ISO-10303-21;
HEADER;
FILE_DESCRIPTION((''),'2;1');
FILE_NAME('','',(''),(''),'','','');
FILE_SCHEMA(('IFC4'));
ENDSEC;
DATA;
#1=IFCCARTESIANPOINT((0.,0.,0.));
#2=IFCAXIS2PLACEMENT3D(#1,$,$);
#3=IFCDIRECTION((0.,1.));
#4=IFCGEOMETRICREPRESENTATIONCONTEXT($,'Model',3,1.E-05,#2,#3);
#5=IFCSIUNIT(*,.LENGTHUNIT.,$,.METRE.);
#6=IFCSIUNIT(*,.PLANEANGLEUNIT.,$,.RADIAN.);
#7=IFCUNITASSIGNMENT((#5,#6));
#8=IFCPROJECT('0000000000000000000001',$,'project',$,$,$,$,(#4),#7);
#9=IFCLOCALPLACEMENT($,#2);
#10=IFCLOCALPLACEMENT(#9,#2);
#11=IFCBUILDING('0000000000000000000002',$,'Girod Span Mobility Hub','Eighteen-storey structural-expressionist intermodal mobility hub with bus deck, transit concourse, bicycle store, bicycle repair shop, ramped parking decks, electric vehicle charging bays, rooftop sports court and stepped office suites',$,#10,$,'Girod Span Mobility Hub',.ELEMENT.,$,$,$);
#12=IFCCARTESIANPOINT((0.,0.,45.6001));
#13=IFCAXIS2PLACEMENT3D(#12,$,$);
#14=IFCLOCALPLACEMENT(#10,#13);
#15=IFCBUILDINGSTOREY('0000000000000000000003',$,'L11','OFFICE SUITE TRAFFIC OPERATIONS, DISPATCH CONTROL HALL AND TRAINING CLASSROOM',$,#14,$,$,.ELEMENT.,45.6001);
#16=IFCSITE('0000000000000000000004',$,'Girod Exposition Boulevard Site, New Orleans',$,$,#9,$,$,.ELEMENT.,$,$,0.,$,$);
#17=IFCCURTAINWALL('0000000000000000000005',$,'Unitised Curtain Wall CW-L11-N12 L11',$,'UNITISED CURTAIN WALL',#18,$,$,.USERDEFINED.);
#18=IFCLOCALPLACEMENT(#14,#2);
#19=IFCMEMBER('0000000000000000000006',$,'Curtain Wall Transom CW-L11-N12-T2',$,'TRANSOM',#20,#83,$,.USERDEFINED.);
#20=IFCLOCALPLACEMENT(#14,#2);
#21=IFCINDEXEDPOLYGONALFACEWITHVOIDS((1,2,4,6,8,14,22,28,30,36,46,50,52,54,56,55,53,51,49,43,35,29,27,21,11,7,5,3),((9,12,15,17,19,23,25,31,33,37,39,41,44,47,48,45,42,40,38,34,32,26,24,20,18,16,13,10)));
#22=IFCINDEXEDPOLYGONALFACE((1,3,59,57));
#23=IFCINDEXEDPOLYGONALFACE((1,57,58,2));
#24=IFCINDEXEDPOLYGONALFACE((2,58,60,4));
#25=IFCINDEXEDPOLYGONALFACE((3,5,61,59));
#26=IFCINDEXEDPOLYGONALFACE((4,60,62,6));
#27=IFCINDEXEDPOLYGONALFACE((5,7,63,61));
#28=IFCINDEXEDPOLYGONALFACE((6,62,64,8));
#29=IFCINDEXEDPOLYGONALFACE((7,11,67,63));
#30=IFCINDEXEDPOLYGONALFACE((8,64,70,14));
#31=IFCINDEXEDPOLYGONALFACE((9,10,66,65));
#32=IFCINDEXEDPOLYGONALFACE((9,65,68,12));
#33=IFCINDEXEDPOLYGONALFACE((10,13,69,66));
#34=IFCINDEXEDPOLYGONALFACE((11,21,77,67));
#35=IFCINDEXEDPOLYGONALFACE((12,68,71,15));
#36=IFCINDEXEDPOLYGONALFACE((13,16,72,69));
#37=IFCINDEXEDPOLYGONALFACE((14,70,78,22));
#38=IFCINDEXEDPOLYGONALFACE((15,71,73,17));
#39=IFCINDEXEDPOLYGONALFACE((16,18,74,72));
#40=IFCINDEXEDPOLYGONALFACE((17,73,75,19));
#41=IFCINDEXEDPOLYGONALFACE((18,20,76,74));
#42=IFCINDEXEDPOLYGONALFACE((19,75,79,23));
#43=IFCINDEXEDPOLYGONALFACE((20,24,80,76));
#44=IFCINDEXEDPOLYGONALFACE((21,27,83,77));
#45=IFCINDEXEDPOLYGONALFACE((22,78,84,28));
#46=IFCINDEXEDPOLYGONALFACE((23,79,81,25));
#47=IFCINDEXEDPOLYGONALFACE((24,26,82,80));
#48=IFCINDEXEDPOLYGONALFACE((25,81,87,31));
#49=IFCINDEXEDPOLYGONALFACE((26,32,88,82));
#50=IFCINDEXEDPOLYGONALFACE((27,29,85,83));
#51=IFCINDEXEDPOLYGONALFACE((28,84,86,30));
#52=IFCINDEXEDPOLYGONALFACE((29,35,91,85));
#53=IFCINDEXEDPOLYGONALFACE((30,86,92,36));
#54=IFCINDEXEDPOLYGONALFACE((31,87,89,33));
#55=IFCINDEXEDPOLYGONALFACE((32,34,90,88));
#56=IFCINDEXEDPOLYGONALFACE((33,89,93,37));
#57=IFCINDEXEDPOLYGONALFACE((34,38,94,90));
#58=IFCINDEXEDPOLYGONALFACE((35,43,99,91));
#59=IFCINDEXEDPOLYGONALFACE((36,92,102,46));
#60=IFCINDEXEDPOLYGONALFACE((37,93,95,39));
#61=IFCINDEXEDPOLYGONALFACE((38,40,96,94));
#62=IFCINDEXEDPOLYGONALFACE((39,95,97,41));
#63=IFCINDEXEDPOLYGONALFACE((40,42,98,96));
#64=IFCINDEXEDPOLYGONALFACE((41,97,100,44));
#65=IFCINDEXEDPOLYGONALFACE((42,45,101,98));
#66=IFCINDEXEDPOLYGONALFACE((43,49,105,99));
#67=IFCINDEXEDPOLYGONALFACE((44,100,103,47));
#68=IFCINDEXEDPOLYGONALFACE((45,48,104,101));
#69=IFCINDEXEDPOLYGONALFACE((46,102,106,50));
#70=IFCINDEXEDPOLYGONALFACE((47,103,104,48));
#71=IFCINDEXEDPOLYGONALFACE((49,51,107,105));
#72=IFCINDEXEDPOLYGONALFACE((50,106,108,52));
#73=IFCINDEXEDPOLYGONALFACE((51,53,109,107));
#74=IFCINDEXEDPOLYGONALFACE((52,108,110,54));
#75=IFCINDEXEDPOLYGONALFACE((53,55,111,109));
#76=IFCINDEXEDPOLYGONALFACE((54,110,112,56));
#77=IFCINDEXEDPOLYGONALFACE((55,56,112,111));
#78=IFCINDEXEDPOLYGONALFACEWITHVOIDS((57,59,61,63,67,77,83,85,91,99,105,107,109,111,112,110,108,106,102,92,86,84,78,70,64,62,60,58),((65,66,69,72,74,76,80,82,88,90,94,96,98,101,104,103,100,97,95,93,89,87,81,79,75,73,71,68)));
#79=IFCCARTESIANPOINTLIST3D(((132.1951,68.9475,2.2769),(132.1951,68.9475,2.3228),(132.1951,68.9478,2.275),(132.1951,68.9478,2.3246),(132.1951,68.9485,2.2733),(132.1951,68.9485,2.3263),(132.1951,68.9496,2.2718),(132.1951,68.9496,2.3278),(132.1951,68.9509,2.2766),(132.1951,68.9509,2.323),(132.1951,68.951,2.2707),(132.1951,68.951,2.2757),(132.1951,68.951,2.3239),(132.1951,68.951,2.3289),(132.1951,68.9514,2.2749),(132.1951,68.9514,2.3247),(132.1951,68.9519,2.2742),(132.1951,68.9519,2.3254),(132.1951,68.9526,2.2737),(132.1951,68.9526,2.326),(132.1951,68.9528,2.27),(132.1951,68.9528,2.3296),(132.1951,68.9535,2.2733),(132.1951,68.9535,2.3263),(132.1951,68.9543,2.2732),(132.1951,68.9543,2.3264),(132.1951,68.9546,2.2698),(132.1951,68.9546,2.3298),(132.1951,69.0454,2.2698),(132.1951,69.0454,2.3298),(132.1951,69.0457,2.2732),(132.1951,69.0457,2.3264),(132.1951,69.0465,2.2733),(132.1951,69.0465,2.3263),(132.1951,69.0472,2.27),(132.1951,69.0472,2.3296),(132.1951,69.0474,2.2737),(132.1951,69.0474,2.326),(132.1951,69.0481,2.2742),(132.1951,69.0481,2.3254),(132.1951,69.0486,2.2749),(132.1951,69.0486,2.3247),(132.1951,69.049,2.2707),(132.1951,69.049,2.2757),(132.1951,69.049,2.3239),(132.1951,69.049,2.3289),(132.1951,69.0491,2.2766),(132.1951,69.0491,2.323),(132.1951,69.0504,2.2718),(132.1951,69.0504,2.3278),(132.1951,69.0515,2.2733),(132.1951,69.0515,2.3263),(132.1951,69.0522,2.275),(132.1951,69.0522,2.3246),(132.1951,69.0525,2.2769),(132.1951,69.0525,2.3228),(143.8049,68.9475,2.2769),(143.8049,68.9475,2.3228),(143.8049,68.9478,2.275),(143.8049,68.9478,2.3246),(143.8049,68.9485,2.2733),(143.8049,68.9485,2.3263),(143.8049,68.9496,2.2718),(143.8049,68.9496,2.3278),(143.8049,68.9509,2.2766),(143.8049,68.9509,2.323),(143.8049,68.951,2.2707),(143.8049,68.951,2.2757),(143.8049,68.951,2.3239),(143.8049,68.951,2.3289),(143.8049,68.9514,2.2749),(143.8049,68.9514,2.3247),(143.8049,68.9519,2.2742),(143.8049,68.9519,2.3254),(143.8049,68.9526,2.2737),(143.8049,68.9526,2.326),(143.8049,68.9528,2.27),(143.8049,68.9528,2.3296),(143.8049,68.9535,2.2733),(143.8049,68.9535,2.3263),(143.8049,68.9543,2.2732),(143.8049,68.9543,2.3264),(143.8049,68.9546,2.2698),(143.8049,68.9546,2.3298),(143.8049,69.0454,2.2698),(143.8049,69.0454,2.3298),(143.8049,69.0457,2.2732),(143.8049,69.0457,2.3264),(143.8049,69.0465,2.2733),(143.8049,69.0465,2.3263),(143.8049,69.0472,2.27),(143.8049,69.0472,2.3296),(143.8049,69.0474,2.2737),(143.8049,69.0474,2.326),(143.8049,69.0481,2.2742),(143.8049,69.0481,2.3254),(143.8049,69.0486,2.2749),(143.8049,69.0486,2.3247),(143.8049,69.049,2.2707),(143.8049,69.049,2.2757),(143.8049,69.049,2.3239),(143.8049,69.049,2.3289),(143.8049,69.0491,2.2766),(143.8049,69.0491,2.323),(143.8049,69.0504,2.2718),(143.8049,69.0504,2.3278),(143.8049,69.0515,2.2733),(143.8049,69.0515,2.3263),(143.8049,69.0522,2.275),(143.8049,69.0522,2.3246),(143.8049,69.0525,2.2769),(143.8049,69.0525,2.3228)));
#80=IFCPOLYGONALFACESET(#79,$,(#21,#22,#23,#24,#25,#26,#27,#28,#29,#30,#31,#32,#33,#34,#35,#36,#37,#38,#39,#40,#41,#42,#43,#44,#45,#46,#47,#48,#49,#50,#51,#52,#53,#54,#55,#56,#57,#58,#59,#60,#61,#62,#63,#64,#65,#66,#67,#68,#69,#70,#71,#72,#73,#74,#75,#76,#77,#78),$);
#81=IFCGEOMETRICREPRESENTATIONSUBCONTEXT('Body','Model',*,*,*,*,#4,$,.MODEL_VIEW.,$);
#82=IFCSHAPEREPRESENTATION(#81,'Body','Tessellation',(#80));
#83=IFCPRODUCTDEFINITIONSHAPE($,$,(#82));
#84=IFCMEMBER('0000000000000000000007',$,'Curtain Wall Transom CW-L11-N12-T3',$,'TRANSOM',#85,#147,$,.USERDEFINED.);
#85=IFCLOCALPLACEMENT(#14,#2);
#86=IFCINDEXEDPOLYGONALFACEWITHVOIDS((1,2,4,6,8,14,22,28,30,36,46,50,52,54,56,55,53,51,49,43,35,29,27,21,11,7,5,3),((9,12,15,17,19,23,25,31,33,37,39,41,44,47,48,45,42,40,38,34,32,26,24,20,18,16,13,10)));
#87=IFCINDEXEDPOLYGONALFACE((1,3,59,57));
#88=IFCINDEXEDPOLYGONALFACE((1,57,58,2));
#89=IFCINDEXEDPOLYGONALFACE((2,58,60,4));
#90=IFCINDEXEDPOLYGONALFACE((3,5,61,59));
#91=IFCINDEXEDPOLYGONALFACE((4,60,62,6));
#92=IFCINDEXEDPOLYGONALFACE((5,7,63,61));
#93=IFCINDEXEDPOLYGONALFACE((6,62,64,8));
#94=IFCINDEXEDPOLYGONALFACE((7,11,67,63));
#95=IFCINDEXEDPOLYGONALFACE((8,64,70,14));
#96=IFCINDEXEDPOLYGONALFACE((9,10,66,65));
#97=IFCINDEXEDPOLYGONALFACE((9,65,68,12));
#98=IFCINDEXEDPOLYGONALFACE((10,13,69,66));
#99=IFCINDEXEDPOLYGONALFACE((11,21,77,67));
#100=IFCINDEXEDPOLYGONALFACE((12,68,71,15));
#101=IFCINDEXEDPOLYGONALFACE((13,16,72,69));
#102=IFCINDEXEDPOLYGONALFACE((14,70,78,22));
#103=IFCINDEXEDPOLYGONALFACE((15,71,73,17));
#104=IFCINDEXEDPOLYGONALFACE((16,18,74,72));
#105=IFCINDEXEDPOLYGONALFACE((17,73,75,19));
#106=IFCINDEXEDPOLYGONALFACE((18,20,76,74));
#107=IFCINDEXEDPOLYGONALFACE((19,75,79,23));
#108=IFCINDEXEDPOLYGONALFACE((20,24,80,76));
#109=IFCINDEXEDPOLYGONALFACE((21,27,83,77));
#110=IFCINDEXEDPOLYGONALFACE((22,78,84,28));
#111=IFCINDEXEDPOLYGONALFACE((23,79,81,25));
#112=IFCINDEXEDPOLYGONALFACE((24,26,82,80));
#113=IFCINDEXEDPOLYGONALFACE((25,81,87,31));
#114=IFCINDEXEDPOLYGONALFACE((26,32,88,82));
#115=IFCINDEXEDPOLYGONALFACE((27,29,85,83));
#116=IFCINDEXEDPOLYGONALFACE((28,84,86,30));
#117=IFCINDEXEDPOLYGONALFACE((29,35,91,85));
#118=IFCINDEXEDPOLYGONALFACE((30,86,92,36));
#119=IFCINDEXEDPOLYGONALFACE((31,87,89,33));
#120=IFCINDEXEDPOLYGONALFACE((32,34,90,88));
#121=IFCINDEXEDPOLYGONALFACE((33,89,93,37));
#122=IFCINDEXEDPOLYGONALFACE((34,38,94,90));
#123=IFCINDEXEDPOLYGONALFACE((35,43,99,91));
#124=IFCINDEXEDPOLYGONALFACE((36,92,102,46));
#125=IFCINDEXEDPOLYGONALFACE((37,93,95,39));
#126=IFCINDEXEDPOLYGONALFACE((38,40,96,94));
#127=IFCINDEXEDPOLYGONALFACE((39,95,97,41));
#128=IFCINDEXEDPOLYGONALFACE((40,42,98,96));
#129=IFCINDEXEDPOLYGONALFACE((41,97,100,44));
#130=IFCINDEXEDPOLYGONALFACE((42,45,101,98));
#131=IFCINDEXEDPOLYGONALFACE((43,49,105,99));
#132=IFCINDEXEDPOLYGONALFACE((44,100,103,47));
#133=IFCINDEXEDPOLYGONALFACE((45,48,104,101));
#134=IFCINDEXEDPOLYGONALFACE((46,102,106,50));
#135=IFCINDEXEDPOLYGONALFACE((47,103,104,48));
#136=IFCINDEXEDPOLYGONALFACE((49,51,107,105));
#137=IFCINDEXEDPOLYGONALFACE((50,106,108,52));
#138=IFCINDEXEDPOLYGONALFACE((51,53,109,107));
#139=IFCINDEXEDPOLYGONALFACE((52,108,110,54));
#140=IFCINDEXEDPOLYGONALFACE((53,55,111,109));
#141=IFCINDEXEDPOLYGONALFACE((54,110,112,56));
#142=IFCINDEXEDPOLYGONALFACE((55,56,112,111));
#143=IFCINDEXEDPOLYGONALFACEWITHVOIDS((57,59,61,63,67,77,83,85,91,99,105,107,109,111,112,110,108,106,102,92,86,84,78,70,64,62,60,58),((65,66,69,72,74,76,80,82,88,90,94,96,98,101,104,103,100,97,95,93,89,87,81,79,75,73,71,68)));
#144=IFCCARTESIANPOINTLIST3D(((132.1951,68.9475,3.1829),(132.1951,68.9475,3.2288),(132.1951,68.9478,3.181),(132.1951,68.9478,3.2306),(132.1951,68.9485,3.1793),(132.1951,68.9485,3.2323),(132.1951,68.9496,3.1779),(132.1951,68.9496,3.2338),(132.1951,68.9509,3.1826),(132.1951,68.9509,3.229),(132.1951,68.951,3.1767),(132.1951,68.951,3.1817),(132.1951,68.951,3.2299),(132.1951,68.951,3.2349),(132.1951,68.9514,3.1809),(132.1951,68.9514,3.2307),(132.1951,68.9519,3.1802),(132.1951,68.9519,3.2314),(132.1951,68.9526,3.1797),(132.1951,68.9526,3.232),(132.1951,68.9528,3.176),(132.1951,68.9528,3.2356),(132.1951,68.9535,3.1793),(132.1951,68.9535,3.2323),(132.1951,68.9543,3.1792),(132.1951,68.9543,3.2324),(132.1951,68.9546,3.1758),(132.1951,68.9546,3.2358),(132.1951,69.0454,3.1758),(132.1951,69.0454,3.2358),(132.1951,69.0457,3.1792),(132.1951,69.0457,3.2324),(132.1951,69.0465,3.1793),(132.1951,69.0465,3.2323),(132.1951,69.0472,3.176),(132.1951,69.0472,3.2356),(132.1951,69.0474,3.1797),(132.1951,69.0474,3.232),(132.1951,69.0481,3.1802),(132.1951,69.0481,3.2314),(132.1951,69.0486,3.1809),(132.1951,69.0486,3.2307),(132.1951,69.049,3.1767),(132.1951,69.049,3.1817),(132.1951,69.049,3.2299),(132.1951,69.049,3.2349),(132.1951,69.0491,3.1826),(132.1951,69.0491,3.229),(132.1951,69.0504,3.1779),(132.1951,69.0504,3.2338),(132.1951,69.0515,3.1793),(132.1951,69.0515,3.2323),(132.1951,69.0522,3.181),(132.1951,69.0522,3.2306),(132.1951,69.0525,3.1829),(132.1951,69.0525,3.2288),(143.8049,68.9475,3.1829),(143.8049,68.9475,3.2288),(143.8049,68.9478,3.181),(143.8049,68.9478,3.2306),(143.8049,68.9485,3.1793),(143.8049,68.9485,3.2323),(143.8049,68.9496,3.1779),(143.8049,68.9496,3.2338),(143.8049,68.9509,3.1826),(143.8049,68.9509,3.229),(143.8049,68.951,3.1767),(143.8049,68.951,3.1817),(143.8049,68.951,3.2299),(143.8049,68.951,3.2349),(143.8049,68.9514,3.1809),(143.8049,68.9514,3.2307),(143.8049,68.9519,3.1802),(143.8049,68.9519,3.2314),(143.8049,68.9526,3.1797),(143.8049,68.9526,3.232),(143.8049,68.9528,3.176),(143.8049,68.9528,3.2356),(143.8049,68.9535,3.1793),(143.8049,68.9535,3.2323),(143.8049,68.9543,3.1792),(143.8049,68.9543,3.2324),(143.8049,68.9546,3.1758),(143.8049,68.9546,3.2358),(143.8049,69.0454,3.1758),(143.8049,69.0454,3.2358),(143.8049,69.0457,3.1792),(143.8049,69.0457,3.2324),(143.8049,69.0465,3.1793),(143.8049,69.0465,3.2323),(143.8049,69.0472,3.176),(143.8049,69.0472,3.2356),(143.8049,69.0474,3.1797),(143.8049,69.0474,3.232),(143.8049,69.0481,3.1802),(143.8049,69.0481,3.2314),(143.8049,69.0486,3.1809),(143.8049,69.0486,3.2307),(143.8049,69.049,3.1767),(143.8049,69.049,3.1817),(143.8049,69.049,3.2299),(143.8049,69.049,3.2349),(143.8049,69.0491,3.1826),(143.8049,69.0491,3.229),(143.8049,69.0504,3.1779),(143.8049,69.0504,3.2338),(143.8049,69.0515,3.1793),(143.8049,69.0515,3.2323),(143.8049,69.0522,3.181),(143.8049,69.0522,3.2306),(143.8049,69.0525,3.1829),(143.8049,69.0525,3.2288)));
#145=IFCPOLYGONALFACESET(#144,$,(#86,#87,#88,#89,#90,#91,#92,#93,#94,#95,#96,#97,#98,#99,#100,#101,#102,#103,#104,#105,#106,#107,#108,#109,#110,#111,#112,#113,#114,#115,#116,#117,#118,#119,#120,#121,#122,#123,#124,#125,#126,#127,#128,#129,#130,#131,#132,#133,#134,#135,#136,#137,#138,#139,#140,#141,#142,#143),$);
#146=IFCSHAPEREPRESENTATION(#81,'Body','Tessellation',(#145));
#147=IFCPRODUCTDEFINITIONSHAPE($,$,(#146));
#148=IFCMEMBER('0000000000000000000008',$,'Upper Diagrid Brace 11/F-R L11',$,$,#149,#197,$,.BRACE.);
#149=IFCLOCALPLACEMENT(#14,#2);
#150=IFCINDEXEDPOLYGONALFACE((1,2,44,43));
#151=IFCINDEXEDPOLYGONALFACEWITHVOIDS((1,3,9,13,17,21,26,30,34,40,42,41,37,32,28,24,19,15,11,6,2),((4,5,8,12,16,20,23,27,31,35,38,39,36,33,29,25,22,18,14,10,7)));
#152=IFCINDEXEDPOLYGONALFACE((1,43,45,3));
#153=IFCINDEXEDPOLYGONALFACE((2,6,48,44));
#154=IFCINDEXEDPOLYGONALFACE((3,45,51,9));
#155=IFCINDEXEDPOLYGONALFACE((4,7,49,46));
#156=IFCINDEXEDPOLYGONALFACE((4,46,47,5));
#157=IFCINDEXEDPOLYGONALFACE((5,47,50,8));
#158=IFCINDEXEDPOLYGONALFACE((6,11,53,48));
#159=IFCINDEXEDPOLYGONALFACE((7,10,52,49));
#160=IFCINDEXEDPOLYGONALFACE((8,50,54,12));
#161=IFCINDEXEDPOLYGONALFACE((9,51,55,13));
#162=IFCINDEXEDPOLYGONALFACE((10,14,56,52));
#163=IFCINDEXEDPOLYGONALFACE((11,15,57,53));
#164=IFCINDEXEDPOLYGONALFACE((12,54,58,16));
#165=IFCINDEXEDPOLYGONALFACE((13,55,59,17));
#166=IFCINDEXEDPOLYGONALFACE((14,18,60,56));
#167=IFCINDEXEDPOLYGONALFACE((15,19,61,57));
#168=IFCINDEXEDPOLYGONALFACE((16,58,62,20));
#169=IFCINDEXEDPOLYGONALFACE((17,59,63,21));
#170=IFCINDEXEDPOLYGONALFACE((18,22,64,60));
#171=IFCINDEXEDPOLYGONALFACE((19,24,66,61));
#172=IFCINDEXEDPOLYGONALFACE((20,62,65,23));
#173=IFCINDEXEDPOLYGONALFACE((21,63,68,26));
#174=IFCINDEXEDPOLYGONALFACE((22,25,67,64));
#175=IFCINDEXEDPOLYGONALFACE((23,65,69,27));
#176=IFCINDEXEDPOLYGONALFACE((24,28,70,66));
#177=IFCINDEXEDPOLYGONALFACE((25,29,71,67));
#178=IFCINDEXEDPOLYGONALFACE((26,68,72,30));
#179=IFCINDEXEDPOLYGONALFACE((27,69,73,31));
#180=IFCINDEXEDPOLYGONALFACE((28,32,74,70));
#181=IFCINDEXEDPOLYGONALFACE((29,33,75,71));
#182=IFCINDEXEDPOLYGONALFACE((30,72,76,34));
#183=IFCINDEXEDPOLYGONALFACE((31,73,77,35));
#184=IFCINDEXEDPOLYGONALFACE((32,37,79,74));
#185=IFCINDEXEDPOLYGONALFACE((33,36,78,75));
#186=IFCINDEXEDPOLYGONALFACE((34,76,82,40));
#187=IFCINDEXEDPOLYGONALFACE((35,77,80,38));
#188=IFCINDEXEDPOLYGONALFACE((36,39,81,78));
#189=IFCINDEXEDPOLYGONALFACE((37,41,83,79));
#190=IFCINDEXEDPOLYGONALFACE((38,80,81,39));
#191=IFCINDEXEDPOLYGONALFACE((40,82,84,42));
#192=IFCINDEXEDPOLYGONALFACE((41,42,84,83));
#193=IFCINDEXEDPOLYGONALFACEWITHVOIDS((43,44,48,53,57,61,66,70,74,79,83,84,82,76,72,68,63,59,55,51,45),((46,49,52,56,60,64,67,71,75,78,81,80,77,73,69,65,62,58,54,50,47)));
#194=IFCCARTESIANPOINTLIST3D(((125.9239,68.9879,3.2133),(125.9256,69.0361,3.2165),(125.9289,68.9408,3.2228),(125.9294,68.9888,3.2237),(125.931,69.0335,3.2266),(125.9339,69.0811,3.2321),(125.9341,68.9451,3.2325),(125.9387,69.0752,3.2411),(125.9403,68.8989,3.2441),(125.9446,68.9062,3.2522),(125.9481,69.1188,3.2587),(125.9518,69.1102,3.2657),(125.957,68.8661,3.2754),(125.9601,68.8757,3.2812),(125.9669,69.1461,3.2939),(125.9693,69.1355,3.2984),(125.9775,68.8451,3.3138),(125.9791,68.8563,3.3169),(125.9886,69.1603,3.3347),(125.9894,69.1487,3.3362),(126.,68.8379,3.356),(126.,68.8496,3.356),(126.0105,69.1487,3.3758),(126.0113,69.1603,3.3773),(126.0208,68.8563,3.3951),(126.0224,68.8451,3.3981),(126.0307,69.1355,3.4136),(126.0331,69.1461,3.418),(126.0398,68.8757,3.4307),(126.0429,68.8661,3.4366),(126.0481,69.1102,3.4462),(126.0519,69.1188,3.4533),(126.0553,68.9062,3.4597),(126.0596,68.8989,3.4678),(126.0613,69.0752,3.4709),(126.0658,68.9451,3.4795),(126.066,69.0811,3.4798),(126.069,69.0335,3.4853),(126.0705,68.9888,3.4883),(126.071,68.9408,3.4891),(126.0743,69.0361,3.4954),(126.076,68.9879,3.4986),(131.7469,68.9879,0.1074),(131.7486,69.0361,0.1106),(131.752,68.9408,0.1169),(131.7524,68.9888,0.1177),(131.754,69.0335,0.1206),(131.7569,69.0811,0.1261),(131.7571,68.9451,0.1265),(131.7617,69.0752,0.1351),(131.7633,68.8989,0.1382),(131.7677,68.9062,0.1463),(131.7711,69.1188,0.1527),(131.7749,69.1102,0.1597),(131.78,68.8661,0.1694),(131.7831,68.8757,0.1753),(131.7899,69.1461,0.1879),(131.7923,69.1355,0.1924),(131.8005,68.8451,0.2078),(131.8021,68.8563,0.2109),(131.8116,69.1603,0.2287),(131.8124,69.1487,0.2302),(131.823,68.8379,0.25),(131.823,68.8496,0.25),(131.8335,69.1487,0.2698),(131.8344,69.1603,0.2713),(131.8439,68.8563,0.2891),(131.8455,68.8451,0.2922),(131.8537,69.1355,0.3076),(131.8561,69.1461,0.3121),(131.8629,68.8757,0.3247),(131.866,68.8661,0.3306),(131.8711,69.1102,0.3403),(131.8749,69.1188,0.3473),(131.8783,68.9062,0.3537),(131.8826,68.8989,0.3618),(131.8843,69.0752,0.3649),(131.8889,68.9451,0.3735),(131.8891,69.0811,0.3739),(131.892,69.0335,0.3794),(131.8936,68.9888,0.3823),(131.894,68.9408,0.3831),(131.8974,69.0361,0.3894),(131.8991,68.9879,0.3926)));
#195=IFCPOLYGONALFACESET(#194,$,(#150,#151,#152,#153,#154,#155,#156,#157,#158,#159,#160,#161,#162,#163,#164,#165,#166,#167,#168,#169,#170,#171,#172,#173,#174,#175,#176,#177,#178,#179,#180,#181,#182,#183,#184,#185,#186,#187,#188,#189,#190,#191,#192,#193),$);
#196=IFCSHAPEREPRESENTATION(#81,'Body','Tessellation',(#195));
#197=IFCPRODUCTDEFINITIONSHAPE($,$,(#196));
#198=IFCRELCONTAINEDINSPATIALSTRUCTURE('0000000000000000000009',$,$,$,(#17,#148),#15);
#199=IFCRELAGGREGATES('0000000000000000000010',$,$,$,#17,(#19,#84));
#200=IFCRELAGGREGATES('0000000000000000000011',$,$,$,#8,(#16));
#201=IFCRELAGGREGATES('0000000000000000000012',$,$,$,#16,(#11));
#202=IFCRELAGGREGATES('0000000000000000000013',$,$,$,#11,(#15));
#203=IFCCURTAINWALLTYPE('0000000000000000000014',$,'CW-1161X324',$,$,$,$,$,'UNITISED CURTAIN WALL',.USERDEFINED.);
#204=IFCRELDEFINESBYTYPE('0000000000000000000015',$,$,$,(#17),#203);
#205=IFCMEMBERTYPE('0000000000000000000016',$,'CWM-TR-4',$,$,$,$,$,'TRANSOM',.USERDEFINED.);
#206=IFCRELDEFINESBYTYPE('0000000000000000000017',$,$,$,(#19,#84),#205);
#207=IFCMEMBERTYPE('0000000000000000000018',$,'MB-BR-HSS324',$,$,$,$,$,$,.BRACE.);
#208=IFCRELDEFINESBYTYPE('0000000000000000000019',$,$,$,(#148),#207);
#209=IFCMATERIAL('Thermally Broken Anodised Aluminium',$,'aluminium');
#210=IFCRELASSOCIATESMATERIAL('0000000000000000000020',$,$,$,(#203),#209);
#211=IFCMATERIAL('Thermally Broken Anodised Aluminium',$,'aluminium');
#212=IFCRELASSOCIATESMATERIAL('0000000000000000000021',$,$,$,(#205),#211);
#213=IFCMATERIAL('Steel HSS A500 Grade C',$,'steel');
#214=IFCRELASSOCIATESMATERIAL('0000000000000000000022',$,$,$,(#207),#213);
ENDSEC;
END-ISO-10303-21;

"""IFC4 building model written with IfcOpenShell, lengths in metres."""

from ifc_helpers import new_model, si_unit, direction, frame, origin, origin_2d, place, context, subcontext, project, spatial, hollow_rectangle, hollow_circle, extrude, material, material_profile, profile_set, type_object, element, aggregate, save


model = new_model("IFC4")

# Units and contexts
model_context = context("Model", 3, precision=1e-05, world=origin(), true_north=direction((0.0, 1.0)))
body_context = subcontext(model_context, "Body", "Model", "MODEL_VIEW")
ifc_project = project(units=[si_unit("LENGTHUNIT", "METRE"), si_unit("PLANEANGLEUNIT", "RADIAN")], contexts=[model_context])

# Site, building, storey
site_placement = place(None, origin())
site = spatial("IfcSite", under=ifc_project, at=site_placement, Name="Girod Exposition Boulevard Site, New Orleans", CompositionType="ELEMENT", RefElevation=0.0)
building_placement = place(site_placement, origin())
building = spatial("IfcBuilding", under=site, at=building_placement, Name="Girod Span Mobility Hub", Description="Eighteen-storey structural-expressionist intermodal mobility hub with bus deck, transit concourse, bicycle store, bicycle repair shop, ramped parking decks, electric vehicle charging bays, rooftop sports court and stepped office suites", LongName="Girod Span Mobility Hub", CompositionType="ELEMENT")
storey_placement = place(building_placement, frame((0.0, 0.0, 45.6001)))
storey = spatial("IfcBuildingStorey", under=building, at=storey_placement, Name="L11", Description="OFFICE SUITE TRAFFIC OPERATIONS, DISPATCH CONTROL HALL AND TRAINING CLASSROOM", CompositionType="ELEMENT", Elevation=45.6001)

# Curtain wall, members
ifc_material_1 = material(Name="Thermally Broken Anodised Aluminium", Category="aluminium")
curtain_wall_type_1 = type_object("IfcCurtainWallType", Name="CW-1161X324", ElementType="UNITISED CURTAIN WALL", PredefinedType="USERDEFINED", material=ifc_material_1)
curtain_wall_1_placement = place(storey_placement, origin())
curtain_wall_1 = element("IfcCurtainWall", 1, at=curtain_wall_1_placement, inside=storey, type_object=curtain_wall_type_1, Name="Unitised Curtain Wall CW-L11-N12 L11", ObjectType="UNITISED CURTAIN WALL", PredefinedType="USERDEFINED")
ifc_material_2 = material(Name="Thermally Broken Anodised Aluminium", Category="aluminium")
ifc_material_profile_1 = material_profile(ifc_material_2, hollow_rectangle(XDim=0.105, YDim=0.0601, WallThickness=0.0034, InnerFilletRadius=0.0034, OuterFilletRadius=0.0071, at=origin_2d()), Name="CW-TR-60X105")
ifc_profile_set_1 = profile_set([ifc_material_profile_1], Name="Thermally Broken Anodised Aluminium")
member_type_1 = type_object("IfcMemberType", Name="CWM-TR-4", ElementType="TRANSOM", PredefinedType="USERDEFINED", material=ifc_profile_set_1)
member_1_placement = place(storey_placement, frame((132.1951, 69.0, 2.2998), z_axis=(1.0, 0.0, 0.0), x_axis=(0.0, 1.0, 0.0)))
member_1 = element("IfcMember", 2, at=member_1_placement, type_object=member_type_1, Name="Curtain Wall Transom CW-L11-N12-T2", ObjectType="TRANSOM", PredefinedType="USERDEFINED", context=body_context, shape_type="SweptSolid", body=[
    extrude(hollow_rectangle(XDim=0.105, YDim=0.0601, WallThickness=0.0034, InnerFilletRadius=0.0034, OuterFilletRadius=0.0071, at=origin_2d()), origin(), (0.0, 0.0, 1.0), 11.6099),
])
member_2_placement = place(storey_placement, frame((132.1951, 69.0, 3.2058), z_axis=(1.0, 0.0, 0.0), x_axis=(0.0, 1.0, 0.0)))
member_2 = element("IfcMember", 3, at=member_2_placement, type_object=member_type_1, Name="Curtain Wall Transom CW-L11-N12-T3", ObjectType="TRANSOM", PredefinedType="USERDEFINED", context=body_context, shape_type="SweptSolid", body=[
    extrude(hollow_rectangle(XDim=0.105, YDim=0.0601, WallThickness=0.0034, InnerFilletRadius=0.0034, OuterFilletRadius=0.0071, at=origin_2d()), origin(), (0.0, 0.0, 1.0), 11.6099),
])

# Member
ifc_material_3 = material(Name="Steel HSS A500 Grade C", Category="steel")
ifc_material_profile_2 = material_profile(ifc_material_3, hollow_circle(Radius=0.1621, WallThickness=0.0117, at=origin_2d()), Name="HSS324X12.7")
ifc_profile_set_2 = profile_set([ifc_material_profile_2], Name="Steel HSS A500 Grade C")
member_type_2 = type_object("IfcMemberType", Name="MB-BR-HSS324", PredefinedType="BRACE", material=ifc_profile_set_2)
member_3_placement = place(storey_placement, frame((131.823, 69.0, 0.25), z_axis=(-0.88233, 0.0, 0.47063), x_axis=(0.0, -1.0, 0.0)))
element("IfcMember", 4, at=member_3_placement, inside=storey, type_object=member_type_2, Name="Upper Diagrid Brace 11/F-R L11", PredefinedType="BRACE", context=body_context, shape_type="SweptSolid", body=[
    extrude(hollow_circle(Radius=0.1621, WallThickness=0.0117, at=origin_2d()), origin(), (0.0, 0.0, 1.0), 6.5996),
])

aggregate(curtain_wall_1, [member_1, member_2])

save(model, "model.ifc")
